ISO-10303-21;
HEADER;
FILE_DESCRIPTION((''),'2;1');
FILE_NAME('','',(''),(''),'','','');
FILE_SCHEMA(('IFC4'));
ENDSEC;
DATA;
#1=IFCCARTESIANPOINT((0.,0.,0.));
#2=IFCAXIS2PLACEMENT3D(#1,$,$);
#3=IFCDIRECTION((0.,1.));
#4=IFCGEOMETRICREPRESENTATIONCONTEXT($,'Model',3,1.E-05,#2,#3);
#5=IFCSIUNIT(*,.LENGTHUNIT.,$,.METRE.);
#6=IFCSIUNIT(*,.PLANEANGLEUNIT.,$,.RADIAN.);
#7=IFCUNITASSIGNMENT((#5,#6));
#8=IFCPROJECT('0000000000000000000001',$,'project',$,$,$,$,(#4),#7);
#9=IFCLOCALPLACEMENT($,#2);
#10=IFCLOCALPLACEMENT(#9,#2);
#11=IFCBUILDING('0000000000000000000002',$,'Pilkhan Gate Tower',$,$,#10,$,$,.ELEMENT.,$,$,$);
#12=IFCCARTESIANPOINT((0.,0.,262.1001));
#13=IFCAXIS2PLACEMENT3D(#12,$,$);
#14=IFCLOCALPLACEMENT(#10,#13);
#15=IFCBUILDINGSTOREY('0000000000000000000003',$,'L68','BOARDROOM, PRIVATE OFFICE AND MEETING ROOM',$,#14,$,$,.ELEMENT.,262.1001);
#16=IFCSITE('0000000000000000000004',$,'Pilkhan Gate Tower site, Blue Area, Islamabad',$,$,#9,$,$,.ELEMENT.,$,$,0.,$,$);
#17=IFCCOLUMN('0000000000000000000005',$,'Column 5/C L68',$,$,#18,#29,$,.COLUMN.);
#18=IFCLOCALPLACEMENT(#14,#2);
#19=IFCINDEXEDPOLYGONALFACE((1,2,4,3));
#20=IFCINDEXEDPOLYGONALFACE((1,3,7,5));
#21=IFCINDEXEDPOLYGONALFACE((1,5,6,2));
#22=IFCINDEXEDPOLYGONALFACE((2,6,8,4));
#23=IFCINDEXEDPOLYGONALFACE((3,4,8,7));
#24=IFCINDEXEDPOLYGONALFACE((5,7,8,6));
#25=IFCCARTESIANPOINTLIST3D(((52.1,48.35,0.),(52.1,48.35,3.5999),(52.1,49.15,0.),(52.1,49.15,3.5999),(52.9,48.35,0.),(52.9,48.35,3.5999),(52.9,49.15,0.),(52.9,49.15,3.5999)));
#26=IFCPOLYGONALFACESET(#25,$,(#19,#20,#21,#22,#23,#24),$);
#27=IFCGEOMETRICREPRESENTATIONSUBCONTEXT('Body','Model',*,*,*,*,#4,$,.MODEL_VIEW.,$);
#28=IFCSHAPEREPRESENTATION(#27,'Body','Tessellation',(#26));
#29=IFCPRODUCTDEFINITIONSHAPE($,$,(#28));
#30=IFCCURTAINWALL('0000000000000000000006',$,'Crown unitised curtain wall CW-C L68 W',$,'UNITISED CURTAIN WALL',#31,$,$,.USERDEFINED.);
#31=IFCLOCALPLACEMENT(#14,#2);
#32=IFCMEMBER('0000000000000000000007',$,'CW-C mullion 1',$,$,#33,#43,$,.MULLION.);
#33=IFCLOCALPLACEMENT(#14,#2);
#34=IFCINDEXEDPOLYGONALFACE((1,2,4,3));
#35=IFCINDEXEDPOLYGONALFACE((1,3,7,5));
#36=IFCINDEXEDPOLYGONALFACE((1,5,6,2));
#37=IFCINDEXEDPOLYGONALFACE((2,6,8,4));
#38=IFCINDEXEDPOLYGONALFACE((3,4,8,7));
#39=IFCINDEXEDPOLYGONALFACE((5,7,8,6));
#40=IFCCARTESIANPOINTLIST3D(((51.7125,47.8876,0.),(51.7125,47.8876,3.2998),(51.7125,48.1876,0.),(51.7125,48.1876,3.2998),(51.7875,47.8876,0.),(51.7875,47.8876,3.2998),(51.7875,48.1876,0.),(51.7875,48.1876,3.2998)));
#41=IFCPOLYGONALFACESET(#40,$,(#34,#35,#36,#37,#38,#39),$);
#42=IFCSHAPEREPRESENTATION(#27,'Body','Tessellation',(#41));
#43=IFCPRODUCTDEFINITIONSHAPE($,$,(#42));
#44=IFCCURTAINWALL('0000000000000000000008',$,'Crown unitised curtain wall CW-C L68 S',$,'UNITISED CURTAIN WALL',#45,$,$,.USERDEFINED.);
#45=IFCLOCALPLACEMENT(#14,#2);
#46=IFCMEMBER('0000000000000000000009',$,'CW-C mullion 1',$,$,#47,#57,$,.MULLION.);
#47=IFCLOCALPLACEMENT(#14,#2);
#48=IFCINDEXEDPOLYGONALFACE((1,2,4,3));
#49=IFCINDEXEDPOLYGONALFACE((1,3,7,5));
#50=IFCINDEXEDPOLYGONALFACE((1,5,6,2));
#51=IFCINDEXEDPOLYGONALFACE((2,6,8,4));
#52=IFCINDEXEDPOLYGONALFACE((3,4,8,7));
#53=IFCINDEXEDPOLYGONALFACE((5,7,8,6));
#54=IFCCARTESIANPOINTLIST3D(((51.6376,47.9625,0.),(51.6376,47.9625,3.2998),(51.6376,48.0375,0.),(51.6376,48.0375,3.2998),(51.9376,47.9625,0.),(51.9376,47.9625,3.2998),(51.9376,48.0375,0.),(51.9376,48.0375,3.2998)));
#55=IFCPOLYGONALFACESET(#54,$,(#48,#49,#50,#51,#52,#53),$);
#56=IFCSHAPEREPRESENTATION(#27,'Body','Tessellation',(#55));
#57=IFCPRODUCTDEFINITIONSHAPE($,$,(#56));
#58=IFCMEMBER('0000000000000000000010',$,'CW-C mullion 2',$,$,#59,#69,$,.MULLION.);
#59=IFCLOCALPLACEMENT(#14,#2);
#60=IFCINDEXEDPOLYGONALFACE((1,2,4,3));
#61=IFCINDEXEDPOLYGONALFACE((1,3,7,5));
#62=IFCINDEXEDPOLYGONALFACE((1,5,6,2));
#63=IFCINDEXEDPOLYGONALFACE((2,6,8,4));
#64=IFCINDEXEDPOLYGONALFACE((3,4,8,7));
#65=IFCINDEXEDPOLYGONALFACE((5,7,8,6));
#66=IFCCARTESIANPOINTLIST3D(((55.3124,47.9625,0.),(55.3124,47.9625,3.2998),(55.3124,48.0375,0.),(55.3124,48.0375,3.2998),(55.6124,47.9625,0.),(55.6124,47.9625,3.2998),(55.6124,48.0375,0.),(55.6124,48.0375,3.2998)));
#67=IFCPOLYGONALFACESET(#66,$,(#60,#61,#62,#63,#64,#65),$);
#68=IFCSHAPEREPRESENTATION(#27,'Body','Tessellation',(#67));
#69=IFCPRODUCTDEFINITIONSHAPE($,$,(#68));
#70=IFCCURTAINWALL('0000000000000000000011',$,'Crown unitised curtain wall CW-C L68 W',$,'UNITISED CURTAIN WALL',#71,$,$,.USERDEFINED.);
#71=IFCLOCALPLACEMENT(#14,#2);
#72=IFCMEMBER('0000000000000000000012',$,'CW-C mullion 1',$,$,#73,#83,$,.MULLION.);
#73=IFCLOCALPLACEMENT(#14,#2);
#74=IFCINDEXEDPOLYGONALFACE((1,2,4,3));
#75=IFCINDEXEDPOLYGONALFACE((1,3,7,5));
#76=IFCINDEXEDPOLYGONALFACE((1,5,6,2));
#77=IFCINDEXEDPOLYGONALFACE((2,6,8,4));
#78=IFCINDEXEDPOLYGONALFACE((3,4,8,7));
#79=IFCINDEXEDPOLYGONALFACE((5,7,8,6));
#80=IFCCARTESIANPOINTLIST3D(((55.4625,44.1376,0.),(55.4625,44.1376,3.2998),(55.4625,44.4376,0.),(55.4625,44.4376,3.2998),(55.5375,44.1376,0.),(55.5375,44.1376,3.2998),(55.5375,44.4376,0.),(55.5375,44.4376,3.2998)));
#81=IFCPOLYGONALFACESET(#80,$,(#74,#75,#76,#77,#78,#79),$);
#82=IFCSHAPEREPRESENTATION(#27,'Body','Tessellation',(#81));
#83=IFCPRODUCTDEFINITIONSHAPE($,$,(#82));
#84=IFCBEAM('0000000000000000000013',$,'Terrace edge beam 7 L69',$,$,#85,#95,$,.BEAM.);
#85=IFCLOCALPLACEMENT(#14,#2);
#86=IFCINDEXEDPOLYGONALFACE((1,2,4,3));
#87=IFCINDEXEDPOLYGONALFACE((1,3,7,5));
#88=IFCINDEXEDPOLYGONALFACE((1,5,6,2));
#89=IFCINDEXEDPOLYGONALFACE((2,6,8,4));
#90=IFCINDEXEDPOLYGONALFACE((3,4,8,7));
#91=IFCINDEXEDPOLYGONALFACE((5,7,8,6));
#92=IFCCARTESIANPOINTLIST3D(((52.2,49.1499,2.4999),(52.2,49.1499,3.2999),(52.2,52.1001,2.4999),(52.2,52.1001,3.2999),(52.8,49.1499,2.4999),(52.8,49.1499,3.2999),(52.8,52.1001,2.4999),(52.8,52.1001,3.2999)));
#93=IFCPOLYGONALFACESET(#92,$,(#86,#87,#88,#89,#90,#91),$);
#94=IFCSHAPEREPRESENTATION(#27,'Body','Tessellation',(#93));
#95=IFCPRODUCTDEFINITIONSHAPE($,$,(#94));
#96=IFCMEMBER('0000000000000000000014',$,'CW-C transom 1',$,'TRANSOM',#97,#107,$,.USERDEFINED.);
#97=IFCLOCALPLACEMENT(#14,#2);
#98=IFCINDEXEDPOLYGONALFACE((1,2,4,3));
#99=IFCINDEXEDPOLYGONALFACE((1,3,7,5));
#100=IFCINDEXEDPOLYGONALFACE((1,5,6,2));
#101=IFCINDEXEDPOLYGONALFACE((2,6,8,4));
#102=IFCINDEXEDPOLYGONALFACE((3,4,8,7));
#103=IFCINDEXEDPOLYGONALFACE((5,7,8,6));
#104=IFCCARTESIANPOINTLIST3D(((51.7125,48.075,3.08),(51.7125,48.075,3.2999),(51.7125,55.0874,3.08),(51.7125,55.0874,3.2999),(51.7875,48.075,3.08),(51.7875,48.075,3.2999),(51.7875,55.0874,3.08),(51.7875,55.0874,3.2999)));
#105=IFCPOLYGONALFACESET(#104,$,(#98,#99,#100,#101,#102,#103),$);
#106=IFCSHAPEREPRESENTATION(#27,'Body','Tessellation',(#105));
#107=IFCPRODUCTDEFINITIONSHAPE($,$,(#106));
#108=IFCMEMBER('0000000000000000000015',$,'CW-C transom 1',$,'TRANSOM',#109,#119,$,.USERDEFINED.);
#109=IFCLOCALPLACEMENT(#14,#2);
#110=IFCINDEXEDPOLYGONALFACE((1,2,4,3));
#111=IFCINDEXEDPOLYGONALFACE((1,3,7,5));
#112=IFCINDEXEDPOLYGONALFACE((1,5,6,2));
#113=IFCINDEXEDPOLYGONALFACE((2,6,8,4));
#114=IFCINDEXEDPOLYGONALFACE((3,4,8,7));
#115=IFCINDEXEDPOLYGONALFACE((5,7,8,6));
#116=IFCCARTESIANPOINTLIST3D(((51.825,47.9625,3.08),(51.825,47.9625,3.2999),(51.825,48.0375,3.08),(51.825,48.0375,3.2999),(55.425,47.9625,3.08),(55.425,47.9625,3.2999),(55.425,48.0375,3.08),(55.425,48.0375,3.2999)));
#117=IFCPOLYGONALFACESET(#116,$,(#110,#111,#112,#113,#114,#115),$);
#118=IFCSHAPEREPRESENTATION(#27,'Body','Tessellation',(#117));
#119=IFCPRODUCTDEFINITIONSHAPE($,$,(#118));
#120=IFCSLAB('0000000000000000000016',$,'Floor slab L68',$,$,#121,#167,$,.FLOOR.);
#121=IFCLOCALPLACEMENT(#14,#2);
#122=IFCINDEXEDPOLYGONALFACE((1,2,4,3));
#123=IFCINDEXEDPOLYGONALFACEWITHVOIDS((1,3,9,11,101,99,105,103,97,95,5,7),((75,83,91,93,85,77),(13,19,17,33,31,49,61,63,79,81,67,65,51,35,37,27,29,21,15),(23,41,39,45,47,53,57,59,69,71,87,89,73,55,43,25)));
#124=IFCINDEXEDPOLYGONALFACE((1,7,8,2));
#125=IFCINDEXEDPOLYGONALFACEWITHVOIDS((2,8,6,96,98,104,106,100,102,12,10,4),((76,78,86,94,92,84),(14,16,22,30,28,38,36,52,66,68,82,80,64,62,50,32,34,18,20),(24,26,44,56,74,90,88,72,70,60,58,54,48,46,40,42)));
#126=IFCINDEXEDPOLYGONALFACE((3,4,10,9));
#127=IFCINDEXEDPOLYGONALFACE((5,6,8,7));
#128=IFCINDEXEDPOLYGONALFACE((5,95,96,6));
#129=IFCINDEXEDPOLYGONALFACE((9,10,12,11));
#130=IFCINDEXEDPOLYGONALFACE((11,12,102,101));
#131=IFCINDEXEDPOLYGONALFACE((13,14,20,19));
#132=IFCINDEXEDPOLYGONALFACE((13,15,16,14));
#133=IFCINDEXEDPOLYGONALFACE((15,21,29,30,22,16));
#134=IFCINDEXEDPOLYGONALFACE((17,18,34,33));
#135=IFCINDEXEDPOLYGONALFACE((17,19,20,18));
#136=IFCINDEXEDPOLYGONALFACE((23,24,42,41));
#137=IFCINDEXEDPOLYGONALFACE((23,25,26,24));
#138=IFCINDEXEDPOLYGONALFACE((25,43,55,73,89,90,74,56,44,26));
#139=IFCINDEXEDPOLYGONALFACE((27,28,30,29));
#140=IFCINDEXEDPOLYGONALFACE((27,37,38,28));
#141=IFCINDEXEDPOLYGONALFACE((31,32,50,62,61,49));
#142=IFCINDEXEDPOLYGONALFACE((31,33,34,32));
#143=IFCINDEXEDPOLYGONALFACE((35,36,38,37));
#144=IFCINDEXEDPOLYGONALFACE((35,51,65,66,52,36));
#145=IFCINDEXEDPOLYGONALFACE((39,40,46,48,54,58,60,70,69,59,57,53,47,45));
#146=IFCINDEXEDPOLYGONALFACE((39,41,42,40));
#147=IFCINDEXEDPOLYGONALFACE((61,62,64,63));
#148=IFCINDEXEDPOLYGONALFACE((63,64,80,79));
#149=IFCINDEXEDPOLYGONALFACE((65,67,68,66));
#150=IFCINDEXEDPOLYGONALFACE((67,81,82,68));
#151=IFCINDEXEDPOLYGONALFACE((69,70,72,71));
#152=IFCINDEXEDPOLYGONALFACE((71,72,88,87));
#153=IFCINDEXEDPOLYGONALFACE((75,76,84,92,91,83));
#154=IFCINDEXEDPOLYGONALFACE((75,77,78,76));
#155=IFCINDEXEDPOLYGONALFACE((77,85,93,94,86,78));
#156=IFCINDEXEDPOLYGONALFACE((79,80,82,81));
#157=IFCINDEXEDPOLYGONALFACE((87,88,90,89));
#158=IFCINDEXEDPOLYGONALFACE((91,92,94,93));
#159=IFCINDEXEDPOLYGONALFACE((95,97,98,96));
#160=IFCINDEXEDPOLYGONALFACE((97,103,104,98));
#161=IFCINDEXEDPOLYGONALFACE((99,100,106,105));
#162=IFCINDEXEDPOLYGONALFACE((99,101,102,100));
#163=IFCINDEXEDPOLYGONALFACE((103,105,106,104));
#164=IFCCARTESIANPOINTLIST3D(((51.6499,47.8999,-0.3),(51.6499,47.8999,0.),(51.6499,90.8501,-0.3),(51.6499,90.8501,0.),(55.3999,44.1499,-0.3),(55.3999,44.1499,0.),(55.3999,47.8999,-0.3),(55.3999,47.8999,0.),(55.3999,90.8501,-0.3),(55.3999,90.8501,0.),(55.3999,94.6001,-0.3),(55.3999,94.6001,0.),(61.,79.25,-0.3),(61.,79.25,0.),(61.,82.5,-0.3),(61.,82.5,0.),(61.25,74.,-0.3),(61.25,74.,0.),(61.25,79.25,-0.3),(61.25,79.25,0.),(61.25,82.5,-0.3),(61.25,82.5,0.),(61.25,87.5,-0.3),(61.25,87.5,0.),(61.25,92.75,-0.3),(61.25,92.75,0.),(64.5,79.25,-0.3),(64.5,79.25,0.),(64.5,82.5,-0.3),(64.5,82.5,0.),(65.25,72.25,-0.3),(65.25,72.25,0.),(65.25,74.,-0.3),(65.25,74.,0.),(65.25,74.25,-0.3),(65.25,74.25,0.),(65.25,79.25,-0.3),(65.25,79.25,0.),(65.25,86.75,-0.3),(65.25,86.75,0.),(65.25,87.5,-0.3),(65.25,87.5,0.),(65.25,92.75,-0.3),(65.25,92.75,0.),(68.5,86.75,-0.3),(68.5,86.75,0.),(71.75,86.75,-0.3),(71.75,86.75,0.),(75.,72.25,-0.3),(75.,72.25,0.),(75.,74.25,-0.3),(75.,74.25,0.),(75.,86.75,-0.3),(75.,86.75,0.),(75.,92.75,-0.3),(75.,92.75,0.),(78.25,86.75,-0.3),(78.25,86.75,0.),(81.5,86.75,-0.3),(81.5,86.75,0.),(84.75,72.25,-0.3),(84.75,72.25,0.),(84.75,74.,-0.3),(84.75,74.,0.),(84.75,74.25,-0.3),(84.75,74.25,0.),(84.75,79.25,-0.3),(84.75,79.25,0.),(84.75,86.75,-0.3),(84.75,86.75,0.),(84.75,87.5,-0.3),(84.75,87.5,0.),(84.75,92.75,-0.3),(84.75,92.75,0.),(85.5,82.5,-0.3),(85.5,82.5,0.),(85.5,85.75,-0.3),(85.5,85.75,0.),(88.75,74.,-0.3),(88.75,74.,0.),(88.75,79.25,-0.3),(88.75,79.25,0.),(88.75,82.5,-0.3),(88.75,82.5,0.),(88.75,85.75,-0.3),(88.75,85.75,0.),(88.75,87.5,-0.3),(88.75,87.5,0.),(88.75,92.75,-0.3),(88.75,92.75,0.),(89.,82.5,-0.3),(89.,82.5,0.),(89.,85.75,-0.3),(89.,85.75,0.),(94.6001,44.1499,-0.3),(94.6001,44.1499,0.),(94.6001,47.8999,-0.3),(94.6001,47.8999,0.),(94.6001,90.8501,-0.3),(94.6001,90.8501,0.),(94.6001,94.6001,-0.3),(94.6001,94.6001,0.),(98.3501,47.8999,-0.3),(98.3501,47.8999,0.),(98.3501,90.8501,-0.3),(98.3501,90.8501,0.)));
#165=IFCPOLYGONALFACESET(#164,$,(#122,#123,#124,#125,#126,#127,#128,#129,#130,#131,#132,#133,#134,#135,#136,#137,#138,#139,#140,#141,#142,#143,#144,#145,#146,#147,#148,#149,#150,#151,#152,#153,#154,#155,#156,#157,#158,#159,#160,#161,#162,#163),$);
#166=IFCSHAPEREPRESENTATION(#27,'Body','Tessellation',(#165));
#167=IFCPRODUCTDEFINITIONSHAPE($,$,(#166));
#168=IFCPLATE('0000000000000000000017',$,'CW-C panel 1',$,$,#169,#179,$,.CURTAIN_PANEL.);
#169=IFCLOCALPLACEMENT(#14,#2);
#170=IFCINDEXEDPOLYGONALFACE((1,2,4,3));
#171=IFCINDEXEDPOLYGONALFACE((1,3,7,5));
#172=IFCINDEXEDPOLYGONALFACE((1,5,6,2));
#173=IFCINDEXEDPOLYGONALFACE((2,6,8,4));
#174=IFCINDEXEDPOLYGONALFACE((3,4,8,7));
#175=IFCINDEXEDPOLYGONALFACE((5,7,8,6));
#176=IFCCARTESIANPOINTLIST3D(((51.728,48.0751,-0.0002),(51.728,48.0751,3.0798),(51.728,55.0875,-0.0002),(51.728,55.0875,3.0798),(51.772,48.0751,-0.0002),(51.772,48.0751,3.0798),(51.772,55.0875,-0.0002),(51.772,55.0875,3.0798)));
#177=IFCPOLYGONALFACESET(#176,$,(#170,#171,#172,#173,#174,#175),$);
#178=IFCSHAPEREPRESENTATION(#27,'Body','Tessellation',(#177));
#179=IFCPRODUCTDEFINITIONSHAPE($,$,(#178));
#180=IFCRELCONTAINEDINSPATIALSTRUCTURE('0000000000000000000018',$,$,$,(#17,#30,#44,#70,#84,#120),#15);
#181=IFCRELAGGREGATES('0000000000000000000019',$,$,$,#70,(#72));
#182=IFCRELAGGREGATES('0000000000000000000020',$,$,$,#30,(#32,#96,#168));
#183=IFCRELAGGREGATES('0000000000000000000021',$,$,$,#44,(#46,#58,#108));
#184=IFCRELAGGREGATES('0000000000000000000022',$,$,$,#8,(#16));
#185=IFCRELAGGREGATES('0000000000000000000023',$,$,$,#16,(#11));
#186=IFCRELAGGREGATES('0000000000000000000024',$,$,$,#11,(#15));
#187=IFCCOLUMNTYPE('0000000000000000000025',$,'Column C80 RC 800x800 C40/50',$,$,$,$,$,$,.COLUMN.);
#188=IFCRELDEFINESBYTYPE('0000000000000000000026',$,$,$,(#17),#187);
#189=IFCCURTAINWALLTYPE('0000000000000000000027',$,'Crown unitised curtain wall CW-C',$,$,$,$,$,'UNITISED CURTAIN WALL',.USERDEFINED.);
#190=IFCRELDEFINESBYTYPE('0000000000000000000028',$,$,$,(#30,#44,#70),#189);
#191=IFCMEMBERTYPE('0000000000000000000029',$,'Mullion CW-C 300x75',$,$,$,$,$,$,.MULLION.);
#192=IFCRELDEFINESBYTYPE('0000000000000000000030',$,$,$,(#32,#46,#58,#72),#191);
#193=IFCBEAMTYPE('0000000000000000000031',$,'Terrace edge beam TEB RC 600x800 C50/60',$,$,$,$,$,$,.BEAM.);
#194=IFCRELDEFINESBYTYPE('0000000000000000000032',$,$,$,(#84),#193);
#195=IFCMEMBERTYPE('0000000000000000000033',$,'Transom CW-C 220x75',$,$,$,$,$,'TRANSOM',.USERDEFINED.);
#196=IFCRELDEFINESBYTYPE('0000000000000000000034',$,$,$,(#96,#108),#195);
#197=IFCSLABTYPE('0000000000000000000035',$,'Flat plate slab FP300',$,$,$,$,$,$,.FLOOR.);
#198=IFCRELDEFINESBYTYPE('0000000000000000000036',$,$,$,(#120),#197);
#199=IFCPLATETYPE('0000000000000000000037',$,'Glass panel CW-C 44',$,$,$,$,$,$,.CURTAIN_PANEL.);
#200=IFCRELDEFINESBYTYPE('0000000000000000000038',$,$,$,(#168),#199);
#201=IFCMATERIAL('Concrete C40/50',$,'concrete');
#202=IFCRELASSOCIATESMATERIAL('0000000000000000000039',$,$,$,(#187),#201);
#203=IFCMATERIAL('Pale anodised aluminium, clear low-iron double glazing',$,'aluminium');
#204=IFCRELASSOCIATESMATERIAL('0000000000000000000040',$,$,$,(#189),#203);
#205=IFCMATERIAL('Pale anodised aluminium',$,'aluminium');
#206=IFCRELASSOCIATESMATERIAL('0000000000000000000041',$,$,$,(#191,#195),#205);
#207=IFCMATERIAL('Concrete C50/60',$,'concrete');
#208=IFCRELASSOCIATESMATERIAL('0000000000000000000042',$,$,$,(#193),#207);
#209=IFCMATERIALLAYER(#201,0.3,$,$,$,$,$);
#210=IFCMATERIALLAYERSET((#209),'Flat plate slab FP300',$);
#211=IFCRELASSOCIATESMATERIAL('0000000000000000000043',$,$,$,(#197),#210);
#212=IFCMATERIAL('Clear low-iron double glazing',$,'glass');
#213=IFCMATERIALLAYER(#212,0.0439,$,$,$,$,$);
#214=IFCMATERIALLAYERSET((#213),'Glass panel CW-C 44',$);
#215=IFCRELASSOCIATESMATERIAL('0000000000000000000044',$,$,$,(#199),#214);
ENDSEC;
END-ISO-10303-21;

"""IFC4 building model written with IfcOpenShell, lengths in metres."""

from ifc_helpers import new_model, si_unit, direction, frame, origin, origin_2d, place, context, subcontext, project, spatial, polyline, rectangle, outline, extrude, material, layer, layer_set, material_profile, profile_set, type_object, element, aggregate, save


model = new_model("IFC4")

# Units and contexts
model_context = context("Model", 3, precision=1e-05, world=origin(), true_north=direction((0.0, 1.0)))
body_context = subcontext(model_context, "Body", "Model", "MODEL_VIEW")
ifc_project = project(units=[si_unit("LENGTHUNIT", "METRE"), si_unit("PLANEANGLEUNIT", "RADIAN")], contexts=[model_context])

# Site, building, storey
site_placement = place(None, origin())
site = spatial("IfcSite", under=ifc_project, at=site_placement, Name="Pilkhan Gate Tower site, Blue Area, Islamabad", CompositionType="ELEMENT", RefElevation=0.0)
building_placement = place(site_placement, origin())
building = spatial("IfcBuilding", under=site, at=building_placement, Name="Pilkhan Gate Tower", CompositionType="ELEMENT")
storey_placement = place(building_placement, frame((0.0, 0.0, 262.1001)))
storey = spatial("IfcBuildingStorey", under=building, at=storey_placement, Name="L68", Description="BOARDROOM, PRIVATE OFFICE AND MEETING ROOM", CompositionType="ELEMENT", Elevation=262.1001)

# Column
ifc_material_1 = material(Name="Concrete C40/50", Category="concrete")
ifc_material_profile_1 = material_profile(ifc_material_1, rectangle(XDim=0.8, YDim=0.8, at=origin_2d()), Name="RC 800x800")
ifc_profile_set_1 = profile_set([ifc_material_profile_1], Name="Concrete C40/50")
column_type = type_object("IfcColumnType", Name="Column C80 RC 800x800 C40/50", PredefinedType="COLUMN", material=ifc_profile_set_1)
column_placement = place(storey_placement, frame((52.5, 48.75, 0.0), z_axis=(0.0, 0.0, 1.0), x_axis=(1.0, 0.0, 0.0)))
element("IfcColumn", 1, at=column_placement, inside=storey, type_object=column_type, Name="Column 5/C L68", PredefinedType="COLUMN", context=body_context, shape_type="SweptSolid", body=[
    extrude(rectangle(XDim=0.8, YDim=0.8, at=origin_2d()), origin(), (0.0, 0.0, 1.0), 3.5999),
])

# Curtain wall, member
ifc_material_2 = material(Name="Pale anodised aluminium, clear low-iron double glazing", Category="aluminium")
curtain_wall_type = type_object("IfcCurtainWallType", Name="Crown unitised curtain wall CW-C", ElementType="UNITISED CURTAIN WALL", PredefinedType="USERDEFINED", material=ifc_material_2)
curtain_wall_1_placement = place(storey_placement, origin())
curtain_wall_1 = element("IfcCurtainWall", 2, at=curtain_wall_1_placement, inside=storey, type_object=curtain_wall_type, Name="Crown unitised curtain wall CW-C L68 W", ObjectType="UNITISED CURTAIN WALL", PredefinedType="USERDEFINED")
ifc_material_3 = material(Name="Pale anodised aluminium", Category="aluminium")
ifc_material_profile_2 = material_profile(ifc_material_3, rectangle(XDim=0.075, YDim=0.3, at=origin_2d()), Name="Mullion 300x75")
ifc_profile_set_2 = profile_set([ifc_material_profile_2], Name="Pale anodised aluminium")
member_type_1 = type_object("IfcMemberType", Name="Mullion CW-C 300x75", PredefinedType="MULLION", material=ifc_profile_set_2)
member_1_placement = place(storey_placement, frame((51.75, 48.0376, 0.0), z_axis=(0.0, 0.0, 1.0), x_axis=(-1.0, 0.0, 0.0)))
member_1 = element("IfcMember", 3, at=member_1_placement, type_object=member_type_1, Name="CW-C mullion 1", PredefinedType="MULLION", context=body_context, shape_type="SweptSolid", body=[
    extrude(rectangle(XDim=0.075, YDim=0.3, at=origin_2d()), origin(), (0.0, 0.0, 1.0), 3.2998),
])

# Curtain wall, members
curtain_wall_2_placement = place(storey_placement, origin())
curtain_wall_2 = element("IfcCurtainWall", 4, at=curtain_wall_2_placement, inside=storey, type_object=curtain_wall_type, Name="Crown unitised curtain wall CW-C L68 S", ObjectType="UNITISED CURTAIN WALL", PredefinedType="USERDEFINED")
member_2_placement = place(storey_placement, frame((51.7876, 48.0, 0.0), z_axis=(0.0, 0.0, 1.0), x_axis=(0.0, 1.0, 0.0)))
member_2 = element("IfcMember", 5, at=member_2_placement, type_object=member_type_1, Name="CW-C mullion 1", PredefinedType="MULLION", context=body_context, shape_type="SweptSolid", body=[
    extrude(rectangle(XDim=0.075, YDim=0.3, at=origin_2d()), origin(), (0.0, 0.0, 1.0), 3.2998),
])
member_3_placement = place(storey_placement, frame((55.4624, 48.0, 0.0), z_axis=(0.0, 0.0, 1.0), x_axis=(0.0, 1.0, 0.0)))
member_3 = element("IfcMember", 6, at=member_3_placement, type_object=member_type_1, Name="CW-C mullion 2", PredefinedType="MULLION", context=body_context, shape_type="SweptSolid", body=[
    extrude(rectangle(XDim=0.075, YDim=0.3, at=origin_2d()), origin(), (0.0, 0.0, 1.0), 3.2998),
])

# Curtain wall, member
curtain_wall_3_placement = place(storey_placement, origin())
curtain_wall_3 = element("IfcCurtainWall", 7, at=curtain_wall_3_placement, inside=storey, type_object=curtain_wall_type, Name="Crown unitised curtain wall CW-C L68 W", ObjectType="UNITISED CURTAIN WALL", PredefinedType="USERDEFINED")
member_4_placement = place(storey_placement, frame((55.5, 44.2876, 0.0), z_axis=(0.0, 0.0, 1.0), x_axis=(-1.0, 0.0, 0.0)))
member_4 = element("IfcMember", 8, at=member_4_placement, type_object=member_type_1, Name="CW-C mullion 1", PredefinedType="MULLION", context=body_context, shape_type="SweptSolid", body=[
    extrude(rectangle(XDim=0.075, YDim=0.3, at=origin_2d()), origin(), (0.0, 0.0, 1.0), 3.2998),
])
aggregate(curtain_wall_3, [member_4])

# Beam
ifc_material_4 = material(Name="Concrete C50/60", Category="concrete")
ifc_material_profile_3 = material_profile(ifc_material_4, rectangle(XDim=0.6001, YDim=0.8, at=origin_2d()), Name="RC 600x800")
ifc_profile_set_3 = profile_set([ifc_material_profile_3], Name="Concrete C50/60")
beam_type = type_object("IfcBeamType", Name="Terrace edge beam TEB RC 600x800 C50/60", PredefinedType="BEAM", material=ifc_profile_set_3)
beam_placement = place(storey_placement, frame((52.5, 49.1499, 2.8999), z_axis=(0.0, 1.0, 0.0), x_axis=(-1.0, 0.0, 0.0)))
element("IfcBeam", 9, at=beam_placement, inside=storey, type_object=beam_type, Name="Terrace edge beam 7 L69", PredefinedType="BEAM", context=body_context, shape_type="SweptSolid", body=[
    extrude(rectangle(XDim=0.6001, YDim=0.8, at=origin_2d()), origin(), (0.0, 0.0, 1.0), 2.9502),
])

# Members
ifc_material_profile_4 = material_profile(ifc_material_3, rectangle(XDim=0.075, YDim=0.22, at=origin_2d()), Name="Transom 220x75")
ifc_profile_set_4 = profile_set([ifc_material_profile_4], Name="Pale anodised aluminium")
member_type_2 = type_object("IfcMemberType", Name="Transom CW-C 220x75", ElementType="TRANSOM", PredefinedType="USERDEFINED", material=ifc_profile_set_4)
member_5_placement = place(storey_placement, frame((51.75, 48.075, 3.1899), z_axis=(0.0, 1.0, 0.0), x_axis=(-1.0, 0.0, 0.0)))
member_5 = element("IfcMember", 10, at=member_5_placement, type_object=member_type_2, Name="CW-C transom 1", ObjectType="TRANSOM", PredefinedType="USERDEFINED", context=body_context, shape_type="SweptSolid", body=[
    extrude(rectangle(XDim=0.075, YDim=0.22, at=origin_2d()), origin(), (0.0, 0.0, 1.0), 7.0125),
])
member_6_placement = place(storey_placement, frame((51.825, 48.0, 3.1899), z_axis=(1.0, 0.0, 0.0), x_axis=(0.0, 1.0, 0.0)))
member_6 = element("IfcMember", 11, at=member_6_placement, type_object=member_type_2, Name="CW-C transom 1", ObjectType="TRANSOM", PredefinedType="USERDEFINED", context=body_context, shape_type="SweptSolid", body=[
    extrude(rectangle(XDim=0.075, YDim=0.22, at=origin_2d()), origin(), (0.0, 0.0, 1.0), 3.6001),
])

# Slab
ifc_layer_1 = layer(ifc_material_1, 0.3)
ifc_layer_set_1 = layer_set([ifc_layer_1], Name="Flat plate slab FP300")
slab_type_1 = type_object("IfcSlabType", Name="Flat plate slab FP300", PredefinedType="FLOOR", material=ifc_layer_set_1)
slab_1_placement = place(storey_placement, frame((0.0, 0.0, -0.3)))
element("IfcSlab", 12, at=slab_1_placement, inside=storey, type_object=slab_type_1, Name="Floor slab L68", PredefinedType="FLOOR", context=body_context, shape_type="SweptSolid", body=[
    extrude(outline(polyline([(94.6001, 44.1499), (55.3999, 44.1499), (55.3999, 47.8999), (51.6499, 47.8999), (51.6499, 90.8501), (55.3999, 90.8501), (55.3999, 94.6001), (94.6001, 94.6001), (94.6001, 90.8501), (98.3501, 90.8501), (98.3501, 47.8999), (94.6001, 47.8999), (94.6001, 44.1499)]), holes=[polyline([(68.5, 86.75), (71.75, 86.75), (75.0, 86.75), (78.25, 86.75), (81.5, 86.75), (84.75, 86.75), (84.75, 87.5), (88.75, 87.5), (88.75, 92.75), (84.75, 92.75), (75.0, 92.75), (65.25, 92.75), (61.25, 92.75), (61.25, 87.5), (65.25, 87.5), (65.25, 86.75), (68.5, 86.75)]), polyline([(84.75, 74.25), (75.0, 74.25), (65.25, 74.25), (65.25, 79.25), (64.5, 79.25), (64.5, 82.5), (61.25, 82.5), (61.0, 82.5), (61.0, 79.25), (61.25, 79.25), (61.25, 74.0), (65.25, 74.0), (65.25, 72.25), (75.0, 72.25), (84.75, 72.25), (84.75, 74.0), (88.75, 74.0), (88.75, 79.25), (84.75, 79.25), (84.75, 74.25)]), polyline([(85.5, 85.75), (85.5, 82.5), (88.75, 82.5), (89.0, 82.5), (89.0, 85.75), (88.75, 85.75), (85.5, 85.75)])]), origin(), (0.0, 0.0, 1.0), 0.3),
])

# Plate
ifc_material_5 = material(Name="Clear low-iron double glazing", Category="glass")
ifc_layer_2 = layer(ifc_material_5, 0.0439)
ifc_layer_set_2 = layer_set([ifc_layer_2], Name="Glass panel CW-C 44")
plate_type = type_object("IfcPlateType", Name="Glass panel CW-C 44", PredefinedType="CURTAIN_PANEL", material=ifc_layer_set_2)
plate_1_placement = place(storey_placement, frame((51.75, 51.5813, -0.0002), z_axis=(0.0, 0.0, 1.0), x_axis=(0.0, 1.0, 0.0)))
plate_1 = element("IfcPlate", 13, at=plate_1_placement, type_object=plate_type, Name="CW-C panel 1", PredefinedType="CURTAIN_PANEL", context=body_context, shape_type="SweptSolid", body=[
    extrude(rectangle(XDim=7.0125, YDim=0.0439, at=origin_2d()), origin(), (0.0, 0.0, 1.0), 3.0801),
])
aggregate(curtain_wall_1, [member_1, member_5, plate_1])
aggregate(curtain_wall_2, [member_2, member_3, member_6])

save(model, "model.ifc")
